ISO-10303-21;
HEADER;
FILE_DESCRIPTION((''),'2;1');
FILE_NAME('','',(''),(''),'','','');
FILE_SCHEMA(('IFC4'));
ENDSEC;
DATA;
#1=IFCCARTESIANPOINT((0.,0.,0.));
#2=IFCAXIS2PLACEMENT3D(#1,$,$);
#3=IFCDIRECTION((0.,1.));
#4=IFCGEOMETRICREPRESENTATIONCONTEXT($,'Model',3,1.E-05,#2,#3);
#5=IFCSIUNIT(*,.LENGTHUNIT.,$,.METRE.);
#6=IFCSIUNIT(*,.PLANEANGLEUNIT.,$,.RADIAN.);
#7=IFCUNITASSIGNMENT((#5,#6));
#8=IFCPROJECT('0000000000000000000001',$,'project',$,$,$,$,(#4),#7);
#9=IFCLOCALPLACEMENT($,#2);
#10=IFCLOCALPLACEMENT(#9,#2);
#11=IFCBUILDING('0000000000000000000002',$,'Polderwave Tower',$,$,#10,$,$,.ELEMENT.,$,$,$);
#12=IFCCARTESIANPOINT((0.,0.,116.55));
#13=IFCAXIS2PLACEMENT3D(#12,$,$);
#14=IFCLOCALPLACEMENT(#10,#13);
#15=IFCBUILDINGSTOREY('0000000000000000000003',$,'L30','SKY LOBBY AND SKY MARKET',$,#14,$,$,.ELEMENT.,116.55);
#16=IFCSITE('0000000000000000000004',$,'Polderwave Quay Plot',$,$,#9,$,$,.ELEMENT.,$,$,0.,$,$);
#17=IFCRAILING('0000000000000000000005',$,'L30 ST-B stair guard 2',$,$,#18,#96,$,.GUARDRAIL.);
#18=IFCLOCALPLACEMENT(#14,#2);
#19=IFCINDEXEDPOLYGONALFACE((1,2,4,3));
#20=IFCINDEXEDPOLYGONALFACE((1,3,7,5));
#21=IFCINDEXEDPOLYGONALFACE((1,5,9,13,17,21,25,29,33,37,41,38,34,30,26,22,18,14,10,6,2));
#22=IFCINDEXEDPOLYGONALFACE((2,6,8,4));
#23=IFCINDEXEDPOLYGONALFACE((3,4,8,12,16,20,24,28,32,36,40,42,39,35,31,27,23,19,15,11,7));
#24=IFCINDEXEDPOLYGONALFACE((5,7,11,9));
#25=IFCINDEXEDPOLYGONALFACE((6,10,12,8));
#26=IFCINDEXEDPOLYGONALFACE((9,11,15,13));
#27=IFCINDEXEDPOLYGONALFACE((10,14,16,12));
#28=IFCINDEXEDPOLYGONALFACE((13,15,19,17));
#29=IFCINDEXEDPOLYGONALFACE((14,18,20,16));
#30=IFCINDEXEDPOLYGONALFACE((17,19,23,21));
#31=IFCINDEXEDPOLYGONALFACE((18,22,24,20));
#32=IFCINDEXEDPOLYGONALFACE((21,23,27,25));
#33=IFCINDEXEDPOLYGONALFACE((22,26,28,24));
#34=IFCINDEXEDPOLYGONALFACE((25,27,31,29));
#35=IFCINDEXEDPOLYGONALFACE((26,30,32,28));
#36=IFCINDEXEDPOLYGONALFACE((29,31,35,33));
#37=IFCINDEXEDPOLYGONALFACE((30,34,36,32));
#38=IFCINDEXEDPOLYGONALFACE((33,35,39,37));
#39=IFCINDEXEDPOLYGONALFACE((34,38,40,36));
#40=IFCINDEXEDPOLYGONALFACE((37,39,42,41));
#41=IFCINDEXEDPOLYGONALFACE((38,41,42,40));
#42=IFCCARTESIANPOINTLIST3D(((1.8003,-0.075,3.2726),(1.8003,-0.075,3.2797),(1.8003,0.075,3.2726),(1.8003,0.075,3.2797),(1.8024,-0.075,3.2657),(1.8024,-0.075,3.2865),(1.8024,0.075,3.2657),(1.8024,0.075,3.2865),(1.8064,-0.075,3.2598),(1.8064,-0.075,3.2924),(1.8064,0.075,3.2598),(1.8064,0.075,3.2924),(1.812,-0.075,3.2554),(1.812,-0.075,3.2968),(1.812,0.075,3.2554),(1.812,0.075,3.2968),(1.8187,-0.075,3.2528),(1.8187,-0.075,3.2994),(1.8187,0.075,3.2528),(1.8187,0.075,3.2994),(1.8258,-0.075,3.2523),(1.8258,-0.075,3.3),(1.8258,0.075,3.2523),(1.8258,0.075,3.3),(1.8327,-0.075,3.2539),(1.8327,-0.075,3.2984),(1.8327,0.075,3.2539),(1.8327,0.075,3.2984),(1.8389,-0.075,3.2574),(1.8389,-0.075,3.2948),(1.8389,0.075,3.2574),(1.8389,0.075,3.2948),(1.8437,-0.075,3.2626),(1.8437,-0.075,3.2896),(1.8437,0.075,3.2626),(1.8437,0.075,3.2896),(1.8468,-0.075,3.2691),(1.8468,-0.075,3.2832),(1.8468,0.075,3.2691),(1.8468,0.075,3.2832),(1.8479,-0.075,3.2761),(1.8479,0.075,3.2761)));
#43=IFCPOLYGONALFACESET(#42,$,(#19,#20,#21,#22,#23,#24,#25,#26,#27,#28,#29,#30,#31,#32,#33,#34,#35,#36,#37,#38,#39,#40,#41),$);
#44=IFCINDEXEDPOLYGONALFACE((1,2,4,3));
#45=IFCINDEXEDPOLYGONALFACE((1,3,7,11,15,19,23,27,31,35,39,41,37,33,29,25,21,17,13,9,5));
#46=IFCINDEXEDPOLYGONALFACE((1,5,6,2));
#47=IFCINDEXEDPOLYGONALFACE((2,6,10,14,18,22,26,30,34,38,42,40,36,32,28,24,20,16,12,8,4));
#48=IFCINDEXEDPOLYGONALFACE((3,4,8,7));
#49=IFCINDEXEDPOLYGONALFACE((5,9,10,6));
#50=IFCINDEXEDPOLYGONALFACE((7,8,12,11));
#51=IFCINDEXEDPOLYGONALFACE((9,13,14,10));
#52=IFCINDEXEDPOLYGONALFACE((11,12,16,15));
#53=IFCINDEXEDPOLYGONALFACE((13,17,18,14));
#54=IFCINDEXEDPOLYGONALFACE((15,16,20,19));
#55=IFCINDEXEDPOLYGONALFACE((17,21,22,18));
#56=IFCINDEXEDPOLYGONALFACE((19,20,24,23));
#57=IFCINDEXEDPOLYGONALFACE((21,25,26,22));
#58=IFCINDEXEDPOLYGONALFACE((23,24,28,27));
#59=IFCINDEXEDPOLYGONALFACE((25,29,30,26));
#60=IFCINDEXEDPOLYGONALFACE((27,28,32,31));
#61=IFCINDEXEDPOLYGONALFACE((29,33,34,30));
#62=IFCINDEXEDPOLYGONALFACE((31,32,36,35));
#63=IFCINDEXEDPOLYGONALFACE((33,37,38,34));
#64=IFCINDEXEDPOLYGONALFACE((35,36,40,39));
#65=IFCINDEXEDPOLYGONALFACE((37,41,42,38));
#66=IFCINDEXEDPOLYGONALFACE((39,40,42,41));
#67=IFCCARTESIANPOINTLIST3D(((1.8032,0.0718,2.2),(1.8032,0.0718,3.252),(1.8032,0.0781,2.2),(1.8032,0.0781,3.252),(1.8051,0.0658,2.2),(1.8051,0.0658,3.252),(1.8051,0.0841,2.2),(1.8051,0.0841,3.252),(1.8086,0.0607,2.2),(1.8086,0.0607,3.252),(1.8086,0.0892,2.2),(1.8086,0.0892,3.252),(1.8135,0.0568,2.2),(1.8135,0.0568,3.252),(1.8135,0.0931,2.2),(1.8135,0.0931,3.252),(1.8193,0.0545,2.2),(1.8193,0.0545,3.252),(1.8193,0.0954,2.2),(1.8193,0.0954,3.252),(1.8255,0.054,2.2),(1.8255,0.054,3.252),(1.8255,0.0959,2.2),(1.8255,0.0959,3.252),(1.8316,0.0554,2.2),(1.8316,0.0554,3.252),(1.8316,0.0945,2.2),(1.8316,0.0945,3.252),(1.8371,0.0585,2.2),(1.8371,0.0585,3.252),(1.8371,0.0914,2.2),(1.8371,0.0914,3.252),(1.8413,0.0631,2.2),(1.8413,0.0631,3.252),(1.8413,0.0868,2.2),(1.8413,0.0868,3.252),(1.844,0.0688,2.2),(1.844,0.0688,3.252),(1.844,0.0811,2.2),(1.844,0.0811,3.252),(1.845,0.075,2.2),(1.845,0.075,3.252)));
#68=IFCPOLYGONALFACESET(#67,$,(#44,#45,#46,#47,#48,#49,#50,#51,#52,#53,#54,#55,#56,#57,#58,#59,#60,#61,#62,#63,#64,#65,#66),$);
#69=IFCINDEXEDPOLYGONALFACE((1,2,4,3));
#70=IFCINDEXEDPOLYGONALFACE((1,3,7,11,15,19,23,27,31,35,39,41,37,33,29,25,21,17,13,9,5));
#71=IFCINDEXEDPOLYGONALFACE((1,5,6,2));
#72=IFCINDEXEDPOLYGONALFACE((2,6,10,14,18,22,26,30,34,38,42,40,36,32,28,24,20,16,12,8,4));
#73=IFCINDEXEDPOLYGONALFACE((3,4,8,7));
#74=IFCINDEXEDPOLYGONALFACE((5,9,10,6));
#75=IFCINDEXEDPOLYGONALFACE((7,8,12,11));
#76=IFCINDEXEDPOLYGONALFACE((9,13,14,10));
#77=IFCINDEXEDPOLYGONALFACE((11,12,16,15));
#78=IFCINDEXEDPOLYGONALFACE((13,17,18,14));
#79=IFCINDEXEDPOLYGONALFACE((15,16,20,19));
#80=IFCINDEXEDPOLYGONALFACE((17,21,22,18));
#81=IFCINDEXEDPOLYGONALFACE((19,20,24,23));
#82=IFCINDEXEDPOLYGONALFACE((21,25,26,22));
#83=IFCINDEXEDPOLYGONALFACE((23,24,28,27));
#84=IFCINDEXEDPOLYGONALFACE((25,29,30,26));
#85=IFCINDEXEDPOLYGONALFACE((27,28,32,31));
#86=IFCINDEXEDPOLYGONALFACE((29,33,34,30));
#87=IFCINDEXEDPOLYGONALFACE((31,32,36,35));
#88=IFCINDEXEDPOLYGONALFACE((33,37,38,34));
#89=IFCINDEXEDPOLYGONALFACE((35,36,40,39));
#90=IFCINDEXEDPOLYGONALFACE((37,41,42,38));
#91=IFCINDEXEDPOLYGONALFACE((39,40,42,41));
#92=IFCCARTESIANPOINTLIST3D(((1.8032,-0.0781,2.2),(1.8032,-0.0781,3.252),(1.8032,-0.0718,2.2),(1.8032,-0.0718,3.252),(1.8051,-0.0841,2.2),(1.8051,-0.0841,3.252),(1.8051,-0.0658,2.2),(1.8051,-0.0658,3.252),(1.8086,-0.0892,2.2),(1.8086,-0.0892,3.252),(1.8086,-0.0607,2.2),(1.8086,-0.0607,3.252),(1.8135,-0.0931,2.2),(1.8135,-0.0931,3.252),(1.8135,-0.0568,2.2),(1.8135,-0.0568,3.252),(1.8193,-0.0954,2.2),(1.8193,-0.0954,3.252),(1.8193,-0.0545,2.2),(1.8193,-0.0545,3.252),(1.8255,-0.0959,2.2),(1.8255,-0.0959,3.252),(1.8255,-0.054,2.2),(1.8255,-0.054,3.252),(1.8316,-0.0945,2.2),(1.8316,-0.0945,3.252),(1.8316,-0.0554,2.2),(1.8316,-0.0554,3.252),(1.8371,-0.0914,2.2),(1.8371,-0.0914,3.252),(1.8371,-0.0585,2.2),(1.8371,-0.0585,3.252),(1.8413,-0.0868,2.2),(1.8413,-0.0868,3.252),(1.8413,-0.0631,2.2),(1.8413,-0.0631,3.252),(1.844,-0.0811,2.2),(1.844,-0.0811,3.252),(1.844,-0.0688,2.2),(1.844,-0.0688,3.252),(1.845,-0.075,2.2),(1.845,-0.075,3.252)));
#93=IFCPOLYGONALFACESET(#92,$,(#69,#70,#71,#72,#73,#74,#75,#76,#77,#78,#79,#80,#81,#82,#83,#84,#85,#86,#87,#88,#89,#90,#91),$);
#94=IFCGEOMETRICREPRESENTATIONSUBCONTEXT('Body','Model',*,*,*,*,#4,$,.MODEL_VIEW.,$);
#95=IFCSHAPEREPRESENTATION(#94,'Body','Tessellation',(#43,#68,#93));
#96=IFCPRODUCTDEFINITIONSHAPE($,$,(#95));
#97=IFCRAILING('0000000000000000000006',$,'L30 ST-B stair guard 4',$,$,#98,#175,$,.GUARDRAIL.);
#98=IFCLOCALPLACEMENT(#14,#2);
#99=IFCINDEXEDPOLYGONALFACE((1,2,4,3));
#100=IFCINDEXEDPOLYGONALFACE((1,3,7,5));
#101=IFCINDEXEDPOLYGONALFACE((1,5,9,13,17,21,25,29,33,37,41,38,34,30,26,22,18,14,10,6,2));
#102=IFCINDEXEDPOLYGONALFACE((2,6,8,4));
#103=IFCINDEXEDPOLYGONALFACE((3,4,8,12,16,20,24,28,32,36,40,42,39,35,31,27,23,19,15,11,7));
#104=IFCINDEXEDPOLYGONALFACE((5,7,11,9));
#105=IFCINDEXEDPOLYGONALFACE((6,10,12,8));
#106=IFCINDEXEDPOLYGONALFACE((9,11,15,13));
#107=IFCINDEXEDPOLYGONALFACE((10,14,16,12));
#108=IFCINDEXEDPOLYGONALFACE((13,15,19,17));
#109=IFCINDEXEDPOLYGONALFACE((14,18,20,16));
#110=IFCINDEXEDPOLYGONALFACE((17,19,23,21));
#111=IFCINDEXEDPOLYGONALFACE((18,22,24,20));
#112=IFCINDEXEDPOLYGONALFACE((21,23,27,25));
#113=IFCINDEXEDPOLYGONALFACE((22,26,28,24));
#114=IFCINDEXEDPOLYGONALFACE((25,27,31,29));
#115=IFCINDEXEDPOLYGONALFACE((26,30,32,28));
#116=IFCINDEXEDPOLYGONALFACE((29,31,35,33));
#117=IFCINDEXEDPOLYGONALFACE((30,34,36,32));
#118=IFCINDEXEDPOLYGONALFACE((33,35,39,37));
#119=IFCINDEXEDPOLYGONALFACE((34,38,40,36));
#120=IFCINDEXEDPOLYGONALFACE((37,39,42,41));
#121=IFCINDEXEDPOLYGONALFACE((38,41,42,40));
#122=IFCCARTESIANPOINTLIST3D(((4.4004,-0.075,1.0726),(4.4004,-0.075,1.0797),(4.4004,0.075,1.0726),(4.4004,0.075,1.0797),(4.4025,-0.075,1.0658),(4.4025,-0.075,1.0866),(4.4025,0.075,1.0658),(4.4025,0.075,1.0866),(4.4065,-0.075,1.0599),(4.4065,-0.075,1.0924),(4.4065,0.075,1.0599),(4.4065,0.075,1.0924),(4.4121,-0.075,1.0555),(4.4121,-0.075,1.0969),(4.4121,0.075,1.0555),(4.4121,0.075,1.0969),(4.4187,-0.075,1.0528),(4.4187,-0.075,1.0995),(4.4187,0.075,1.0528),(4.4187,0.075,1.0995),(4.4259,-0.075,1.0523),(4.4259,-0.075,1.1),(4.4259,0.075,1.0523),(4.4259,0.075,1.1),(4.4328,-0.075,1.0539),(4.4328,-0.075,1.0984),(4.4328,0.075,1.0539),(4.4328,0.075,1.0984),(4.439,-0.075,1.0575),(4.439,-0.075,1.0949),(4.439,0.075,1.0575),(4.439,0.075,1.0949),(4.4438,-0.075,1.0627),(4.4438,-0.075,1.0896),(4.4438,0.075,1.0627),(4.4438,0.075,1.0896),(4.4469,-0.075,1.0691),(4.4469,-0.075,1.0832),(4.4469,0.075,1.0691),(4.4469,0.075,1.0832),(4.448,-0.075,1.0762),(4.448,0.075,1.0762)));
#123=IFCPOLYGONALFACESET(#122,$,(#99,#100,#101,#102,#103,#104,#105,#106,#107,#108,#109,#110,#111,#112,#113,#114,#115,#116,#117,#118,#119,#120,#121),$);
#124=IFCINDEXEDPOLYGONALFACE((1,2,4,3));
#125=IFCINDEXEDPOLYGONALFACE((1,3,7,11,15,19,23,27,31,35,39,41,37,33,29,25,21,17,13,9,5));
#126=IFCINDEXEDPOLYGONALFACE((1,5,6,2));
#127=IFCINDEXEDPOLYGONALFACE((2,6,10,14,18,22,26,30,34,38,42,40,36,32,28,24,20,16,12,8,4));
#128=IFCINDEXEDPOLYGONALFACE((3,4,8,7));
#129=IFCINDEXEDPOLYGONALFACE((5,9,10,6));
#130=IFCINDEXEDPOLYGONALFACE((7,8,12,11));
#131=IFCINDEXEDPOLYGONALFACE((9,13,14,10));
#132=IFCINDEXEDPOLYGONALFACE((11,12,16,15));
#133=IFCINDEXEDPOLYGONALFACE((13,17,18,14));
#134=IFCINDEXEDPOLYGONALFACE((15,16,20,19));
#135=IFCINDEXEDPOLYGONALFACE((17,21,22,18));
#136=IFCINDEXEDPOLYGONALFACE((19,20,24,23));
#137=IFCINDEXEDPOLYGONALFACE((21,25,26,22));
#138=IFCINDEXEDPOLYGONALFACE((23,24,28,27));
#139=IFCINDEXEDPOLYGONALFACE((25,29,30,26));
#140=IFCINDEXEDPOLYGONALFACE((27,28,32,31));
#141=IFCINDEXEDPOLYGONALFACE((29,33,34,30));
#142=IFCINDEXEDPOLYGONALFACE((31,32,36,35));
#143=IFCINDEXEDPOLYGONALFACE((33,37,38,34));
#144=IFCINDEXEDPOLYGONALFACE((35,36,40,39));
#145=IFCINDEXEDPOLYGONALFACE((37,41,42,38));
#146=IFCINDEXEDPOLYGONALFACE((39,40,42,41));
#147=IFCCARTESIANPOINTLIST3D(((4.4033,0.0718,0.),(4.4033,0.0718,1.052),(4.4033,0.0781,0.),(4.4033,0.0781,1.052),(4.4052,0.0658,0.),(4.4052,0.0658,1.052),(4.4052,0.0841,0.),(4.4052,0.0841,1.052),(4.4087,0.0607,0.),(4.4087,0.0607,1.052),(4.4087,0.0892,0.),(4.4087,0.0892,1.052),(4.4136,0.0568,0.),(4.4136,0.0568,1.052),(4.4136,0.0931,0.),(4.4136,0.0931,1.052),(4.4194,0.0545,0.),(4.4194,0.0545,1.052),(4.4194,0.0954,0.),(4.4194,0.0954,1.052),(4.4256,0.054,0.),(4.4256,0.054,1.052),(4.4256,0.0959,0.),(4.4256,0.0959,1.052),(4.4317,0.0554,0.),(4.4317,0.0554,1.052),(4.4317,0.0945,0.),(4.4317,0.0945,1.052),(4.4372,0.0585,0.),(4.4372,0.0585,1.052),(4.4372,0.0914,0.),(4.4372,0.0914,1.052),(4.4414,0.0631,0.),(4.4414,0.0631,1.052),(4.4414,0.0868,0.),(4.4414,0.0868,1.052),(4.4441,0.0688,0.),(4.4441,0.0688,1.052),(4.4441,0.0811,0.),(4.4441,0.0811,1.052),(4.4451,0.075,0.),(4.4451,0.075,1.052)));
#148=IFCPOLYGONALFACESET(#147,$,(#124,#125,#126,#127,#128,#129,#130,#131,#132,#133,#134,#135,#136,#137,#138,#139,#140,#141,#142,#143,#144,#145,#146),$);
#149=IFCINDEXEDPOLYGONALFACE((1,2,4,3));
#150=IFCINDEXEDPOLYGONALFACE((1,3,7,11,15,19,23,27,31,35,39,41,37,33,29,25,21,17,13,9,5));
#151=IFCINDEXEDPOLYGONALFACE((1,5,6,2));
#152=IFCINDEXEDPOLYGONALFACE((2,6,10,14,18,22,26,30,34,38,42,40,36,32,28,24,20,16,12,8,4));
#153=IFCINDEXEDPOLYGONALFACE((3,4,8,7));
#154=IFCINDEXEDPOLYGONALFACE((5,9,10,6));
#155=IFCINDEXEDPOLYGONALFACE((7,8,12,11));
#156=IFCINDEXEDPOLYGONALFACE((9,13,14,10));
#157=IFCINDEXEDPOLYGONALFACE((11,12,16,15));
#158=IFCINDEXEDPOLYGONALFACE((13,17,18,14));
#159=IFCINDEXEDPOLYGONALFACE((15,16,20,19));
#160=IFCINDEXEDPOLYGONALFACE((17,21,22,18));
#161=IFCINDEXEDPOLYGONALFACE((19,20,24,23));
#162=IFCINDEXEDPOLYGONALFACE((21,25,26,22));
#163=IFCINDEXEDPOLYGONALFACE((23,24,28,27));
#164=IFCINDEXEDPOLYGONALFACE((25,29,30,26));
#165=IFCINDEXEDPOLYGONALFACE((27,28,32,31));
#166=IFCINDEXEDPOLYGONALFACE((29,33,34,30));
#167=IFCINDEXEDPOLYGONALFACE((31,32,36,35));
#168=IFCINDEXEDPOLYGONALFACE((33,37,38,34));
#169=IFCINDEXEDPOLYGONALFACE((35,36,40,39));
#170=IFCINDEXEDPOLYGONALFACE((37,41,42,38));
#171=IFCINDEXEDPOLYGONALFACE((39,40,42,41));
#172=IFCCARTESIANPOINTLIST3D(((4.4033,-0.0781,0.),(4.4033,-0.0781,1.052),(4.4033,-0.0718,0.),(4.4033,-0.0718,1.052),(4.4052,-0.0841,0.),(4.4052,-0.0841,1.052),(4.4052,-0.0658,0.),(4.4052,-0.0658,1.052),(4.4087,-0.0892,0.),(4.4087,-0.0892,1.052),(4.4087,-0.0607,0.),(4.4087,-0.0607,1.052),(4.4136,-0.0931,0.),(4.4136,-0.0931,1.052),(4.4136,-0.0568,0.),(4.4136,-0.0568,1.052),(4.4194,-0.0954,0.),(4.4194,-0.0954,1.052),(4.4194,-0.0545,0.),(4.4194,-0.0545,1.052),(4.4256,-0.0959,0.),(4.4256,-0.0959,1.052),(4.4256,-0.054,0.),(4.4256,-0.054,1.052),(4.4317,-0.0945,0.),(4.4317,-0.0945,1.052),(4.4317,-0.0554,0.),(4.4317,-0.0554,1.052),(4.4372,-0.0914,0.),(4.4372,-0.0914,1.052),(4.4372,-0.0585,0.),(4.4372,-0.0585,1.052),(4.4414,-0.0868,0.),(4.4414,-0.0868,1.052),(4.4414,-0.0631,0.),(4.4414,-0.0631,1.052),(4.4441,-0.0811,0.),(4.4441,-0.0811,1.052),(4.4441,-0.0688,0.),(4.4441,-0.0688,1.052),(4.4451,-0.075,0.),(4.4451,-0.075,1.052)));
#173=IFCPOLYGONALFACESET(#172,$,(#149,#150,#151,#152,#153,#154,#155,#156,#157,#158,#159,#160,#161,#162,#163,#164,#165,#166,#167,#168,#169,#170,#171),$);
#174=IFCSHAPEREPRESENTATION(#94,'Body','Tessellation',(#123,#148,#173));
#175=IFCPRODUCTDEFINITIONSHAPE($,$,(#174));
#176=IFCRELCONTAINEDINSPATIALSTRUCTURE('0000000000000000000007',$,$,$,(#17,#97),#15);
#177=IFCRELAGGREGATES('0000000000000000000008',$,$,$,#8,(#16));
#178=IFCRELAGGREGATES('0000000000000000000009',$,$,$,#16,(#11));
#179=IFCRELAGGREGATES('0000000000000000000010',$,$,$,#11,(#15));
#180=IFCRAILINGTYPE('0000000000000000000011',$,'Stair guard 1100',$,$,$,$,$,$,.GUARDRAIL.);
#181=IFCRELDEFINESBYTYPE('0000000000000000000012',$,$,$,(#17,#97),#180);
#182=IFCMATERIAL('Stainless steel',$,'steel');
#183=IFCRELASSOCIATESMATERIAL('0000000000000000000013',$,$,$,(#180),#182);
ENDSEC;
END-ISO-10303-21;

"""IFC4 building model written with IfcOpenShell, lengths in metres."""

from ifc_helpers import new_model, si_unit, direction, frame, origin, origin_2d, place, context, subcontext, project, spatial, circle, extrude, material, type_object, element, save


model = new_model("IFC4")

# Units and contexts
model_context = context("Model", 3, precision=1e-05, world=origin(), true_north=direction((0.0, 1.0)))
body_context = subcontext(model_context, "Body", "Model", "MODEL_VIEW")
ifc_project = project(units=[si_unit("LENGTHUNIT", "METRE"), si_unit("PLANEANGLEUNIT", "RADIAN")], contexts=[model_context])

# Site, building, storey
site_placement = place(None, origin())
site = spatial("IfcSite", under=ifc_project, at=site_placement, Name="Polderwave Quay Plot", CompositionType="ELEMENT", RefElevation=0.0)
building_placement = place(site_placement, origin())
building = spatial("IfcBuilding", under=site, at=building_placement, Name="Polderwave Tower", CompositionType="ELEMENT")
storey_placement = place(building_placement, frame((0.0, 0.0, 116.55)))
storey = spatial("IfcBuildingStorey", under=building, at=storey_placement, Name="L30", Description="SKY LOBBY AND SKY MARKET", CompositionType="ELEMENT", Elevation=116.55)

# Shared definitions
ifc_material_1 = material(Name="Stainless steel", Category="steel")

# Railings
railing_type_1 = type_object("IfcRailingType", Name="Stair guard 1100", PredefinedType="GUARDRAIL", material=ifc_material_1)
for number, where, name in (
    (1, (1.824, 0.075, 2.2), "L30 ST-B stair guard 2"),
    (2, (4.4241, 0.075, 0.0), "L30 ST-B stair guard 4"),
):
    element("IfcRailing", number, at=place(storey_placement, frame(where)), inside=storey, type_object=railing_type_1, Name=name, PredefinedType="GUARDRAIL", context=body_context, shape_type="SweptSolid", body=[
        extrude(circle(Radius=0.0239, at=origin_2d()), frame((0.0, 0.0, 1.0762), z_axis=(0.0, -1.0, 0.0), x_axis=(1.0, 0.0, 0.0)), (0.0, 0.0, 1.0), 0.1499),
        extrude(circle(Radius=0.021, at=origin_2d()), origin(), (0.0, 0.0, 1.0), 1.052),
        extrude(circle(Radius=0.021, at=origin_2d()), frame((0.0, -0.1499, 0.0)), (0.0, 0.0, 1.0), 1.052),
    ])

save(model, "model.ifc")
